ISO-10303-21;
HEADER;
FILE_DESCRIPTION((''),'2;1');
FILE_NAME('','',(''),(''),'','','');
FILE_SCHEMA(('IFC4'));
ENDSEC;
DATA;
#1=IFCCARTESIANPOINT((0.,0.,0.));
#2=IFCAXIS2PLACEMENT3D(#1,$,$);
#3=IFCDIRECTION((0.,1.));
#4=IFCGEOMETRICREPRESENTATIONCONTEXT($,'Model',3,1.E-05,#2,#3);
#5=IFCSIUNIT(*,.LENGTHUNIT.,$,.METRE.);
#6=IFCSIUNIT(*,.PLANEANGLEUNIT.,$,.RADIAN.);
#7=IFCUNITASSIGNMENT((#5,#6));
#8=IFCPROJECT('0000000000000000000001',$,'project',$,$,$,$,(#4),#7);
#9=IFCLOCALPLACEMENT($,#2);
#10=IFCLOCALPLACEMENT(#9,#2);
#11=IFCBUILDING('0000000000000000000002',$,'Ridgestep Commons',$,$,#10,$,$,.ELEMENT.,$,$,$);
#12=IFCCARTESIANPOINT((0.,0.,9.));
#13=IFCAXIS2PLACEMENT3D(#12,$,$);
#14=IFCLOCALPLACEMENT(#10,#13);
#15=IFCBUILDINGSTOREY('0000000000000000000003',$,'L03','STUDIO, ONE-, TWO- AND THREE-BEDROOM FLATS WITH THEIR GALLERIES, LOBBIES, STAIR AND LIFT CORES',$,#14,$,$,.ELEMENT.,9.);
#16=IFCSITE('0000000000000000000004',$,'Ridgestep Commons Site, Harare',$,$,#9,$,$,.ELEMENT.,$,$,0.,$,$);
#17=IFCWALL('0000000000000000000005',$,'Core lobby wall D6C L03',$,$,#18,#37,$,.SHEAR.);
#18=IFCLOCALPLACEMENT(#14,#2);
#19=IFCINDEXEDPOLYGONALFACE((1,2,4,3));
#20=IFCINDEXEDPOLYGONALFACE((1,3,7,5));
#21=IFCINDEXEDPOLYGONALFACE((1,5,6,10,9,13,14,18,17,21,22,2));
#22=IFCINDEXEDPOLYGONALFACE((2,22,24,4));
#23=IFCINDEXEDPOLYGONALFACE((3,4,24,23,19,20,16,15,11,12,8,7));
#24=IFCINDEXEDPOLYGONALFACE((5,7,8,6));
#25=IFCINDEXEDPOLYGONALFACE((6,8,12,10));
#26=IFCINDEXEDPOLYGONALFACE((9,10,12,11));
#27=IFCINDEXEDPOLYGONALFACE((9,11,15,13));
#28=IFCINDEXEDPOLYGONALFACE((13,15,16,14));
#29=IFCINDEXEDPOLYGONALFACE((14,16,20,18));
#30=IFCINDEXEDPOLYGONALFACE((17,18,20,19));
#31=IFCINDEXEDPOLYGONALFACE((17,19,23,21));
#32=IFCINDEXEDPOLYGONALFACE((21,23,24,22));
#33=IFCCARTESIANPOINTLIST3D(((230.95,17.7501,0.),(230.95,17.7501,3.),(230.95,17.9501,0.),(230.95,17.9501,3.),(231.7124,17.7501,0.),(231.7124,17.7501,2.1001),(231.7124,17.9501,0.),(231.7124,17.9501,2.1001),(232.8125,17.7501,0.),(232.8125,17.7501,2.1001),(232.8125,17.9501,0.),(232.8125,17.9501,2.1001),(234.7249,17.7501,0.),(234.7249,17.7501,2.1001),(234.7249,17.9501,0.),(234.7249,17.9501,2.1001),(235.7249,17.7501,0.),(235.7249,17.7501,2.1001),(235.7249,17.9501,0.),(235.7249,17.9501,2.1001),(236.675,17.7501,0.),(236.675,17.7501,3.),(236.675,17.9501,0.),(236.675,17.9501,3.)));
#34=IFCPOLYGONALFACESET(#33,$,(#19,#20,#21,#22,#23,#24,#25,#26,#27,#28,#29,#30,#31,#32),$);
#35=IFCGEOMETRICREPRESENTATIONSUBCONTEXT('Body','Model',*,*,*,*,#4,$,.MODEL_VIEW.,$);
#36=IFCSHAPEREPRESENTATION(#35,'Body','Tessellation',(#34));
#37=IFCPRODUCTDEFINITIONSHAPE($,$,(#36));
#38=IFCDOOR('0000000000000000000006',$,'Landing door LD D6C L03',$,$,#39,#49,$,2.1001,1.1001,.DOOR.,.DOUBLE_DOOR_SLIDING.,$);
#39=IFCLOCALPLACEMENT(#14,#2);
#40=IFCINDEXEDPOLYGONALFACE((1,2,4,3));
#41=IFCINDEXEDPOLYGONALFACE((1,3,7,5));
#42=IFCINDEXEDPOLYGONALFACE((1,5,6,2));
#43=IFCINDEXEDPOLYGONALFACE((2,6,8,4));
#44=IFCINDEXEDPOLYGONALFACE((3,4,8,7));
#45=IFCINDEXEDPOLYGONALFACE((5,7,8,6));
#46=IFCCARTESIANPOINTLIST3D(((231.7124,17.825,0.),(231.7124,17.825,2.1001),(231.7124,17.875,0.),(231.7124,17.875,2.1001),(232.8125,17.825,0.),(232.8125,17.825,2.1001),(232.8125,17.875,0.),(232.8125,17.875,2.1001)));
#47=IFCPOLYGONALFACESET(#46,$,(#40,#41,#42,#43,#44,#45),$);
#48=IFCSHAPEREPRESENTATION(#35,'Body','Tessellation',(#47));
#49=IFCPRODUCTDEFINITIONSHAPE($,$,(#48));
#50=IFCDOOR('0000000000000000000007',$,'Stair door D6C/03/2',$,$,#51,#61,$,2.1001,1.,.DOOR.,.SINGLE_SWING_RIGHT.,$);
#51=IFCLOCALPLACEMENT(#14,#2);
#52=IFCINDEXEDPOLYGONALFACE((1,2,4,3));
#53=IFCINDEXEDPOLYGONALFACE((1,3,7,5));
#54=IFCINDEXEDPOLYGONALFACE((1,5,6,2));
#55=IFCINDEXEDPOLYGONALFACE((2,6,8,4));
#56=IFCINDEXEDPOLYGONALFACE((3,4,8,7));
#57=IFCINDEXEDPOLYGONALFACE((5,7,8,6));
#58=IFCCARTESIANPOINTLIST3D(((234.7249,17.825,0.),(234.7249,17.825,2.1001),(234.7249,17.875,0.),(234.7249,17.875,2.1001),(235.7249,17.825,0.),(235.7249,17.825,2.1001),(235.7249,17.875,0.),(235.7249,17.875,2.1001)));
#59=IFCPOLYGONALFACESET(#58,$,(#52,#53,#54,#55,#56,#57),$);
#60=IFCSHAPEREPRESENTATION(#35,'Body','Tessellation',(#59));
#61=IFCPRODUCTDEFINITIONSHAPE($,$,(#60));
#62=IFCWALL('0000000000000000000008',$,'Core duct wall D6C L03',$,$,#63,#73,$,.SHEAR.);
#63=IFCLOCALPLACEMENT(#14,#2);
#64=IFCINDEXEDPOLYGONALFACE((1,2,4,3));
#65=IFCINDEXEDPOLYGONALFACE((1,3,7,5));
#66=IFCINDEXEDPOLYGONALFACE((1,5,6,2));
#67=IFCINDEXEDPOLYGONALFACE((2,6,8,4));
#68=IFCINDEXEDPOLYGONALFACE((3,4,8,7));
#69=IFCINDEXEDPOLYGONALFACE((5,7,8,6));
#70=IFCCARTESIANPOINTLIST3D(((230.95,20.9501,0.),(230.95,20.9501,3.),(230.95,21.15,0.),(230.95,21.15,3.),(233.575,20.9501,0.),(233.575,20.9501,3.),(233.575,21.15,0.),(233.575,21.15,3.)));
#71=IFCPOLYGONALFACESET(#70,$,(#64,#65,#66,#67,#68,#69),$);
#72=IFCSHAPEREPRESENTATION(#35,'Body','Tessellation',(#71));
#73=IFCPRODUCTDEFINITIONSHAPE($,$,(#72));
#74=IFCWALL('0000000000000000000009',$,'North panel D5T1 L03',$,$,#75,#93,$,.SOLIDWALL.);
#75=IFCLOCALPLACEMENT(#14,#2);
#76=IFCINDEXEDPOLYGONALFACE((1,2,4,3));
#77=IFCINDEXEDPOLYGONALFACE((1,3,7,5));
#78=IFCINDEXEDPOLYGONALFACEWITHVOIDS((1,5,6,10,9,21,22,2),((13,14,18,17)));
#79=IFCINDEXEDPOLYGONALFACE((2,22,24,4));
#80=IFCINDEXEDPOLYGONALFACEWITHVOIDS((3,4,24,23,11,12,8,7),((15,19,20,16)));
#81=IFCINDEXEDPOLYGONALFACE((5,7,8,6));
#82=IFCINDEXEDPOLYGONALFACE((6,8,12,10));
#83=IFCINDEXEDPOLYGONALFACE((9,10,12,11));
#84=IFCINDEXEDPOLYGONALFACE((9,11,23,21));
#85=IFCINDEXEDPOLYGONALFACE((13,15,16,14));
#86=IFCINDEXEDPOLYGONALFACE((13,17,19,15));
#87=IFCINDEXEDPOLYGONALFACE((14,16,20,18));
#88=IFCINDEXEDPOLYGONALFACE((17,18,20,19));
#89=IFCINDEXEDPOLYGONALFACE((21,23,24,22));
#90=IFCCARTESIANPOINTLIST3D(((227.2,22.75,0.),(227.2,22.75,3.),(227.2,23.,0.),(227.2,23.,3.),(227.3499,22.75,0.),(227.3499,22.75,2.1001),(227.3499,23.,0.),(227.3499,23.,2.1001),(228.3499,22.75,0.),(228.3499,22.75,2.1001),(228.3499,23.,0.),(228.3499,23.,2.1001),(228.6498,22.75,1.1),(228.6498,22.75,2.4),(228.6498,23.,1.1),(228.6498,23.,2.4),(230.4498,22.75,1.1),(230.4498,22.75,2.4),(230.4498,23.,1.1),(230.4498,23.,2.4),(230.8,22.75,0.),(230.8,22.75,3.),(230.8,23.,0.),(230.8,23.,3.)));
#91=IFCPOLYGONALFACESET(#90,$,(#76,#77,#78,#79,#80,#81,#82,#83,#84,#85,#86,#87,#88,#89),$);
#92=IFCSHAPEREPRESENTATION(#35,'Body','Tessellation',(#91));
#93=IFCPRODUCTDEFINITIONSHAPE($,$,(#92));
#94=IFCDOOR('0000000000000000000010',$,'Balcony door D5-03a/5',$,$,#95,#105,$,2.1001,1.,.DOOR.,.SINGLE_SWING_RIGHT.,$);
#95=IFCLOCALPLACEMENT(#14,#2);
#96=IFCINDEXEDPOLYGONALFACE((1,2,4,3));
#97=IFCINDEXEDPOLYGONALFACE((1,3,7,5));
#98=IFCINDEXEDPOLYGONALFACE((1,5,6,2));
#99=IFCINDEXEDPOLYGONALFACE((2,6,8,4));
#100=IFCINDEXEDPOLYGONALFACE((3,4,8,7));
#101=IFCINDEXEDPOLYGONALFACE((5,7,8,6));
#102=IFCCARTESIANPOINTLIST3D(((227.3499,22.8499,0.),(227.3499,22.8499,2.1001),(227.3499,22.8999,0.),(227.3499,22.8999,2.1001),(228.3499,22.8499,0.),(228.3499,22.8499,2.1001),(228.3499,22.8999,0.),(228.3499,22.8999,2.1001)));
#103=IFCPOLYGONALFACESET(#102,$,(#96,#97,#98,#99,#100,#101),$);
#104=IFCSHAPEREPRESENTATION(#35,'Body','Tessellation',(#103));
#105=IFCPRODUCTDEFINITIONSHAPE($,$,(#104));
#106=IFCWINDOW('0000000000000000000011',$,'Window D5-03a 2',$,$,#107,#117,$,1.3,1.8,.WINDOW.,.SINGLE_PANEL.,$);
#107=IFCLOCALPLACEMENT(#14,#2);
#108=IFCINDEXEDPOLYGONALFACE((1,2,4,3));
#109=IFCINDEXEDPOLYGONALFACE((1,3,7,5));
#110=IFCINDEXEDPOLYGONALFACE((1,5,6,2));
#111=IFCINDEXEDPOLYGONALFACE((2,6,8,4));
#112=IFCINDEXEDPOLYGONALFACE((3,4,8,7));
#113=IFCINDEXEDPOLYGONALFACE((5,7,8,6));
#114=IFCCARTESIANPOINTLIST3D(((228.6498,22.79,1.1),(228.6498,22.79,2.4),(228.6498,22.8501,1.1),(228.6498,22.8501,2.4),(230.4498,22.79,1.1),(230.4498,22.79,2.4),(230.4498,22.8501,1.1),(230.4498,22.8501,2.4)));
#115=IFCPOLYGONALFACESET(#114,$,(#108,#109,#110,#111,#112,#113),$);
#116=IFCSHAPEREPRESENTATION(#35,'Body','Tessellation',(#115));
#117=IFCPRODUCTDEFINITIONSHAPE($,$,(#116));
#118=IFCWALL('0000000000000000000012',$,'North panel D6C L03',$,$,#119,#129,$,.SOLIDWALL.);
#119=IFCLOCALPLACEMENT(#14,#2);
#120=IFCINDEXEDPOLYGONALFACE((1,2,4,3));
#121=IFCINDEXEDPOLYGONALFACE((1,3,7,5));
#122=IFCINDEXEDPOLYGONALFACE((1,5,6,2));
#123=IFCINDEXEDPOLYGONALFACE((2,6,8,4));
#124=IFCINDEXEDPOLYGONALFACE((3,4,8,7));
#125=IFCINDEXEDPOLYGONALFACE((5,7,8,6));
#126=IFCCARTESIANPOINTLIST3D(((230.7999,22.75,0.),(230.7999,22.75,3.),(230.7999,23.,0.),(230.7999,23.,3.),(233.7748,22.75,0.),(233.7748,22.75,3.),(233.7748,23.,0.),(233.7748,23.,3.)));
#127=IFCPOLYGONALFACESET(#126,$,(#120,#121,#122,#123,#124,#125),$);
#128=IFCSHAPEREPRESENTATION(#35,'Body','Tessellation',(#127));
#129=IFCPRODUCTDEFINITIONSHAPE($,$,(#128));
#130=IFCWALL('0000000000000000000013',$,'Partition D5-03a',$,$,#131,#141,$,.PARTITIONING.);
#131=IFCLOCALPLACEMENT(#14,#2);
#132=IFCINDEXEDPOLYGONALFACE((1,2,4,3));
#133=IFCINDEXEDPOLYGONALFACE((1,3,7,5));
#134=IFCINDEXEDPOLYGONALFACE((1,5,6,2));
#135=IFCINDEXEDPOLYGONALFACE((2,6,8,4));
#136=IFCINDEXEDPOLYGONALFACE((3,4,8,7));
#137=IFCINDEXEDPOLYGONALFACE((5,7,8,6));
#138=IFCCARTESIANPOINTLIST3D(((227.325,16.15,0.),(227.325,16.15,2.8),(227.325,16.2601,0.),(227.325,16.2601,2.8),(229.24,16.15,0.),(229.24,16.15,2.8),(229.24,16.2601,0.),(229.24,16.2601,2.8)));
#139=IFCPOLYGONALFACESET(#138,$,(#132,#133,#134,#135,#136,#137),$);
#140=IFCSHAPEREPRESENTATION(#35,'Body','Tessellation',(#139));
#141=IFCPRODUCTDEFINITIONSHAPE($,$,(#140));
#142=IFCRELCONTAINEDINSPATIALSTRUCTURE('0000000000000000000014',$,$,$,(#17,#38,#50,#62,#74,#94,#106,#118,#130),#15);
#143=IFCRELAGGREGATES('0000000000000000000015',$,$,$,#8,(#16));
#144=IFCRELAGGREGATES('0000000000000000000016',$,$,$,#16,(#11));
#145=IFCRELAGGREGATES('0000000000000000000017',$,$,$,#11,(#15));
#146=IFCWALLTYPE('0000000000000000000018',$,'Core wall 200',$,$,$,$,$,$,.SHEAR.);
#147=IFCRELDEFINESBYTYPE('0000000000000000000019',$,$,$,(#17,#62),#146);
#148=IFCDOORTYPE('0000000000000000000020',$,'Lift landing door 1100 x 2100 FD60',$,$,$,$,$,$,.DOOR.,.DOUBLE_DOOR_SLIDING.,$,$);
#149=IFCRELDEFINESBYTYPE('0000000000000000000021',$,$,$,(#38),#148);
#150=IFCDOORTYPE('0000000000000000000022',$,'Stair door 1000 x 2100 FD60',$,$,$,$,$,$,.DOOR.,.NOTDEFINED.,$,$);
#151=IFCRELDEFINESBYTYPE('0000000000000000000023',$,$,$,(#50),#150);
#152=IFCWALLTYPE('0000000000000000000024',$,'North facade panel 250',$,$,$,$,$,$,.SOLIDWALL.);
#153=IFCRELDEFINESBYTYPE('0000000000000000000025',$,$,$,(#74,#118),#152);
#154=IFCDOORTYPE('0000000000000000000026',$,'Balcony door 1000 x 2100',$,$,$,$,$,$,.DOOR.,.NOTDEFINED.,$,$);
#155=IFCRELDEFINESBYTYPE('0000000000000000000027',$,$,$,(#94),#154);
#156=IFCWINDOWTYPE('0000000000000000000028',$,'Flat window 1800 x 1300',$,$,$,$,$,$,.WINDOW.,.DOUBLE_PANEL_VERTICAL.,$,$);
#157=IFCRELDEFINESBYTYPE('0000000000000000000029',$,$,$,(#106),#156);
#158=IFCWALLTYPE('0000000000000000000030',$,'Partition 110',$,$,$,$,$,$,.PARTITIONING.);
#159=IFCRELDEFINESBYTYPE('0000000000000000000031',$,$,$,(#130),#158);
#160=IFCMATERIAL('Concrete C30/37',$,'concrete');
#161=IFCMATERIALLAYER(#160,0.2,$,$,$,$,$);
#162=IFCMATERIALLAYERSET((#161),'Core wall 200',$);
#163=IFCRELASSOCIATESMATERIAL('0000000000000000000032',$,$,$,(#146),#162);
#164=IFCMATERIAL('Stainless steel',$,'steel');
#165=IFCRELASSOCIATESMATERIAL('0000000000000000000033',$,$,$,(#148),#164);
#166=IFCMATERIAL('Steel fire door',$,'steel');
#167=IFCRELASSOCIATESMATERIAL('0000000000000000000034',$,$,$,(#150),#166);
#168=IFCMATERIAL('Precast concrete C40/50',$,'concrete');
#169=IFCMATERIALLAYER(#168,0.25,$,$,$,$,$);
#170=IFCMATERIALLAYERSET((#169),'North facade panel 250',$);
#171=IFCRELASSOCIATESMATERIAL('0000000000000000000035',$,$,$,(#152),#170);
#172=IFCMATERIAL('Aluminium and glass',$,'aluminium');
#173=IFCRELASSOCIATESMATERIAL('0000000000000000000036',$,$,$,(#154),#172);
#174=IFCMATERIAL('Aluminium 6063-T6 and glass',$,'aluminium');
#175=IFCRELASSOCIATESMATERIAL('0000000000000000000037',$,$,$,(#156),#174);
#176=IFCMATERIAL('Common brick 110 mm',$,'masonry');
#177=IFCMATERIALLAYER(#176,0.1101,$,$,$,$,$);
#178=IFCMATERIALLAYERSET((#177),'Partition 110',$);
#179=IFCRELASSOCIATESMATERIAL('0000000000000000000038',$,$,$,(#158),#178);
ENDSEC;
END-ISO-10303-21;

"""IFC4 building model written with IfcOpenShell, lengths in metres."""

from ifc_helpers import new_model, si_unit, direction, frame, frame_2d, origin, place, context, subcontext, project, spatial, rectangle, extrude, material, layer, layer_set, type_object, element, fill, save


model = new_model("IFC4")

# Units and contexts
model_context = context("Model", 3, precision=1e-05, world=origin(), true_north=direction((0.0, 1.0)))
body_context = subcontext(model_context, "Body", "Model", "MODEL_VIEW")
ifc_project = project(units=[si_unit("LENGTHUNIT", "METRE"), si_unit("PLANEANGLEUNIT", "RADIAN")], contexts=[model_context])

# Site, building, storey
site_placement = place(None, origin())
site = spatial("IfcSite", under=ifc_project, at=site_placement, Name="Ridgestep Commons Site, Harare", CompositionType="ELEMENT", RefElevation=0.0)
building_placement = place(site_placement, origin())
building = spatial("IfcBuilding", under=site, at=building_placement, Name="Ridgestep Commons", CompositionType="ELEMENT")
storey_placement = place(building_placement, frame((0.0, 0.0, 9.0)))
storey = spatial("IfcBuildingStorey", under=building, at=storey_placement, Name="L03", Description="STUDIO, ONE-, TWO- AND THREE-BEDROOM FLATS WITH THEIR GALLERIES, LOBBIES, STAIR AND LIFT CORES", CompositionType="ELEMENT", Elevation=9.0)

# Wall, openings, doors
ifc_material_1 = material(Name="Concrete C30/37", Category="concrete")
ifc_layer_1 = layer(ifc_material_1, 0.2)
ifc_layer_set_1 = layer_set([ifc_layer_1], Name="Core wall 200")
wall_type_1 = type_object("IfcWallType", Name="Core wall 200", PredefinedType="SHEAR", material=ifc_layer_set_1)
wall_1_placement = place(storey_placement, frame((230.95, 17.8501, 0.0), z_axis=(0.0, 0.0, 1.0), x_axis=(1.0, 0.0, 0.0)))
wall_1 = element("IfcWall", 1, at=wall_1_placement, inside=storey, type_object=wall_type_1, Name="Core lobby wall D6C L03", PredefinedType="SHEAR", context=body_context, shape_type="SweptSolid", body=[
    extrude(rectangle(XDim=5.7251, YDim=0.2, at=frame_2d((2.8625, 0.0))), origin(), (0.0, 0.0, 1.0), 3.0),
])
opening_1_placement = place(wall_1_placement, frame((3.7749, 0.0, 0.0)))
opening_1 = element("IfcOpeningElement", 2, at=opening_1_placement, cuts=wall_1, PredefinedType="OPENING", context=body_context, shape_type="SweptSolid", body=[
    extrude(rectangle(XDim=1.0, YDim=2.1001, at=frame_2d((0.5, 1.05))), frame((0.0, 0.1099, 0.0), z_axis=(0.0, -1.0, 0.0), x_axis=(1.0, 0.0, 0.0)), (0.0, 0.0, 1.0), 0.22),
])
opening_2_placement = place(wall_1_placement, frame((0.7625, 0.0, 0.0)))
opening_2 = element("IfcOpeningElement", 3, at=opening_2_placement, cuts=wall_1, PredefinedType="OPENING", context=body_context, shape_type="SweptSolid", body=[
    extrude(rectangle(XDim=1.1001, YDim=2.1001, at=frame_2d((0.55, 1.05))), frame((0.0, 0.1099, 0.0), z_axis=(0.0, -1.0, 0.0), x_axis=(1.0, 0.0, 0.0)), (0.0, 0.0, 1.0), 0.22),
])
ifc_material_2 = material(Name="Stainless steel", Category="steel")
door_type_1 = type_object("IfcDoorType", Name="Lift landing door 1100 x 2100 FD60", OperationType="DOUBLE_DOOR_SLIDING", PredefinedType="DOOR", material=ifc_material_2)
door_1_placement = place(opening_2_placement, origin())
door_1 = element("IfcDoor", 4, at=door_1_placement, inside=storey, type_object=door_type_1, Name="Landing door LD D6C L03", OperationType="DOUBLE_DOOR_SLIDING", OverallHeight=2.1001, OverallWidth=1.1001, PredefinedType="DOOR", context=body_context, shape_type="SweptSolid", body=[
    extrude(rectangle(XDim=1.1001, YDim=2.1001, at=frame_2d((0.55, 1.05))), frame((0.0, 0.0249, 0.0), z_axis=(0.0, -1.0, 0.0), x_axis=(1.0, 0.0, 0.0)), (0.0, 0.0, 1.0), 0.05),
])
fill(opening_2, door_1)
ifc_material_3 = material(Name="Steel fire door", Category="steel")
door_type_2 = type_object("IfcDoorType", Name="Stair door 1000 x 2100 FD60", OperationType="NOTDEFINED", PredefinedType="DOOR", material=ifc_material_3)
door_2_placement = place(opening_1_placement, origin())
door_2 = element("IfcDoor", 5, at=door_2_placement, inside=storey, type_object=door_type_2, Name="Stair door D6C/03/2", OperationType="SINGLE_SWING_RIGHT", OverallHeight=2.1001, OverallWidth=1.0, PredefinedType="DOOR", context=body_context, shape_type="SweptSolid", body=[
    extrude(rectangle(XDim=1.0, YDim=2.1001, at=frame_2d((0.5, 1.05))), frame((0.0, 0.0249, 0.0), z_axis=(0.0, -1.0, 0.0), x_axis=(1.0, 0.0, 0.0)), (0.0, 0.0, 1.0), 0.05),
])
fill(opening_1, door_2)

# Wall
wall_2_placement = place(storey_placement, frame((230.95, 21.05, 0.0), z_axis=(0.0, 0.0, 1.0), x_axis=(1.0, 0.0, 0.0)))
element("IfcWall", 6, at=wall_2_placement, inside=storey, type_object=wall_type_1, Name="Core duct wall D6C L03", PredefinedType="SHEAR", context=body_context, shape_type="SweptSolid", body=[
    extrude(rectangle(XDim=2.625, YDim=0.2, at=frame_2d((1.3125, 0.0))), origin(), (0.0, 0.0, 1.0), 3.0),
])

# Wall, openings, door, window
ifc_material_4 = material(Name="Precast concrete C40/50", Category="concrete")
ifc_layer_2 = layer(ifc_material_4, 0.25)
ifc_layer_set_2 = layer_set([ifc_layer_2], Name="North facade panel 250")
wall_type_2 = type_object("IfcWallType", Name="North facade panel 250", PredefinedType="SOLIDWALL", material=ifc_layer_set_2)
wall_3_placement = place(storey_placement, frame((227.2, 22.875, 0.0), z_axis=(0.0, 0.0, 1.0), x_axis=(1.0, 0.0, 0.0)))
wall_3 = element("IfcWall", 7, at=wall_3_placement, inside=storey, type_object=wall_type_2, Name="North panel D5T1 L03", PredefinedType="SOLIDWALL", context=body_context, shape_type="SweptSolid", body=[
    extrude(rectangle(XDim=3.6001, YDim=0.25, at=frame_2d((1.8, 0.0))), origin(), (0.0, 0.0, 1.0), 3.0),
])
opening_3_placement = place(wall_3_placement, frame((1.45, 0.0, 1.1001)))
opening_3 = element("IfcOpeningElement", 8, at=opening_3_placement, cuts=wall_3, PredefinedType="OPENING", context=body_context, shape_type="SweptSolid", body=[
    extrude(rectangle(XDim=1.8, YDim=1.3, at=frame_2d((0.8999, 0.6499))), frame((0.0, 0.135, 0.0), z_axis=(0.0, -1.0, 0.0), x_axis=(1.0, 0.0, 0.0)), (0.0, 0.0, 1.0), 0.27),
])
opening_4_placement = place(wall_3_placement, frame((0.1499, 0.0, 0.0)))
opening_4 = element("IfcOpeningElement", 9, at=opening_4_placement, cuts=wall_3, PredefinedType="OPENING", context=body_context, shape_type="SweptSolid", body=[
    extrude(rectangle(XDim=1.0, YDim=2.1001, at=frame_2d((0.5, 1.05))), frame((0.0, 0.135, 0.0), z_axis=(0.0, -1.0, 0.0), x_axis=(1.0, 0.0, 0.0)), (0.0, 0.0, 1.0), 0.27),
])
ifc_material_5 = material(Name="Aluminium and glass", Category="aluminium")
door_type_3 = type_object("IfcDoorType", Name="Balcony door 1000 x 2100", OperationType="NOTDEFINED", PredefinedType="DOOR", material=ifc_material_5)
door_3_placement = place(opening_4_placement, origin())
door_3 = element("IfcDoor", 10, at=door_3_placement, inside=storey, type_object=door_type_3, Name="Balcony door D5-03a/5", OperationType="SINGLE_SWING_RIGHT", OverallHeight=2.1001, OverallWidth=1.0, PredefinedType="DOOR", context=body_context, shape_type="SweptSolid", body=[
    extrude(rectangle(XDim=1.0, YDim=2.1001, at=frame_2d((0.5, 1.05))), frame((0.0, 0.0249, 0.0), z_axis=(0.0, -1.0, 0.0), x_axis=(1.0, 0.0, 0.0)), (0.0, 0.0, 1.0), 0.05),
])
fill(opening_4, door_3)
ifc_material_6 = material(Name="Aluminium 6063-T6 and glass", Category="aluminium")
window_type = type_object("IfcWindowType", Name="Flat window 1800 x 1300", PartitioningType="DOUBLE_PANEL_VERTICAL", PredefinedType="WINDOW", material=ifc_material_6)
window_placement = place(opening_3_placement, origin())
window = element("IfcWindow", 11, at=window_placement, inside=storey, type_object=window_type, Name="Window D5-03a 2", OverallHeight=1.3, OverallWidth=1.8, PartitioningType="SINGLE_PANEL", PredefinedType="WINDOW", context=body_context, shape_type="SweptSolid", body=[
    extrude(rectangle(XDim=1.8, YDim=1.3, at=frame_2d((0.8999, 0.6499))), frame((0.0, -0.0249, 0.0), z_axis=(0.0, -1.0, 0.0), x_axis=(1.0, 0.0, 0.0)), (0.0, 0.0, 1.0), 0.0601),
])
fill(opening_3, window)

# Walls
wall_4_placement = place(storey_placement, frame((230.8, 22.875, 0.0), z_axis=(0.0, 0.0, 1.0), x_axis=(1.0, 0.0, 0.0)))
element("IfcWall", 12, at=wall_4_placement, inside=storey, type_object=wall_type_2, Name="North panel D6C L03", PredefinedType="SOLIDWALL", context=body_context, shape_type="SweptSolid", body=[
    extrude(rectangle(XDim=2.9749, YDim=0.25, at=frame_2d((1.4873, 0.0))), origin(), (0.0, 0.0, 1.0), 3.0),
])
ifc_material_7 = material(Name="Common brick 110 mm", Category="masonry")
ifc_layer_3 = layer(ifc_material_7, 0.1101)
ifc_layer_set_3 = layer_set([ifc_layer_3], Name="Partition 110")
wall_type_3 = type_object("IfcWallType", Name="Partition 110", PredefinedType="PARTITIONING", material=ifc_layer_set_3)
wall_5_placement = place(storey_placement, frame((227.325, 16.2051, 0.0), z_axis=(0.0, 0.0, 1.0), x_axis=(1.0, 0.0, 0.0)))
element("IfcWall", 13, at=wall_5_placement, inside=storey, type_object=wall_type_3, Name="Partition D5-03a", PredefinedType="PARTITIONING", context=body_context, shape_type="SweptSolid", body=[
    extrude(rectangle(XDim=1.915, YDim=0.1101, at=frame_2d((0.9575, 0.0))), origin(), (0.0, 0.0, 1.0), 2.8),
])

save(model, "model.ifc")
